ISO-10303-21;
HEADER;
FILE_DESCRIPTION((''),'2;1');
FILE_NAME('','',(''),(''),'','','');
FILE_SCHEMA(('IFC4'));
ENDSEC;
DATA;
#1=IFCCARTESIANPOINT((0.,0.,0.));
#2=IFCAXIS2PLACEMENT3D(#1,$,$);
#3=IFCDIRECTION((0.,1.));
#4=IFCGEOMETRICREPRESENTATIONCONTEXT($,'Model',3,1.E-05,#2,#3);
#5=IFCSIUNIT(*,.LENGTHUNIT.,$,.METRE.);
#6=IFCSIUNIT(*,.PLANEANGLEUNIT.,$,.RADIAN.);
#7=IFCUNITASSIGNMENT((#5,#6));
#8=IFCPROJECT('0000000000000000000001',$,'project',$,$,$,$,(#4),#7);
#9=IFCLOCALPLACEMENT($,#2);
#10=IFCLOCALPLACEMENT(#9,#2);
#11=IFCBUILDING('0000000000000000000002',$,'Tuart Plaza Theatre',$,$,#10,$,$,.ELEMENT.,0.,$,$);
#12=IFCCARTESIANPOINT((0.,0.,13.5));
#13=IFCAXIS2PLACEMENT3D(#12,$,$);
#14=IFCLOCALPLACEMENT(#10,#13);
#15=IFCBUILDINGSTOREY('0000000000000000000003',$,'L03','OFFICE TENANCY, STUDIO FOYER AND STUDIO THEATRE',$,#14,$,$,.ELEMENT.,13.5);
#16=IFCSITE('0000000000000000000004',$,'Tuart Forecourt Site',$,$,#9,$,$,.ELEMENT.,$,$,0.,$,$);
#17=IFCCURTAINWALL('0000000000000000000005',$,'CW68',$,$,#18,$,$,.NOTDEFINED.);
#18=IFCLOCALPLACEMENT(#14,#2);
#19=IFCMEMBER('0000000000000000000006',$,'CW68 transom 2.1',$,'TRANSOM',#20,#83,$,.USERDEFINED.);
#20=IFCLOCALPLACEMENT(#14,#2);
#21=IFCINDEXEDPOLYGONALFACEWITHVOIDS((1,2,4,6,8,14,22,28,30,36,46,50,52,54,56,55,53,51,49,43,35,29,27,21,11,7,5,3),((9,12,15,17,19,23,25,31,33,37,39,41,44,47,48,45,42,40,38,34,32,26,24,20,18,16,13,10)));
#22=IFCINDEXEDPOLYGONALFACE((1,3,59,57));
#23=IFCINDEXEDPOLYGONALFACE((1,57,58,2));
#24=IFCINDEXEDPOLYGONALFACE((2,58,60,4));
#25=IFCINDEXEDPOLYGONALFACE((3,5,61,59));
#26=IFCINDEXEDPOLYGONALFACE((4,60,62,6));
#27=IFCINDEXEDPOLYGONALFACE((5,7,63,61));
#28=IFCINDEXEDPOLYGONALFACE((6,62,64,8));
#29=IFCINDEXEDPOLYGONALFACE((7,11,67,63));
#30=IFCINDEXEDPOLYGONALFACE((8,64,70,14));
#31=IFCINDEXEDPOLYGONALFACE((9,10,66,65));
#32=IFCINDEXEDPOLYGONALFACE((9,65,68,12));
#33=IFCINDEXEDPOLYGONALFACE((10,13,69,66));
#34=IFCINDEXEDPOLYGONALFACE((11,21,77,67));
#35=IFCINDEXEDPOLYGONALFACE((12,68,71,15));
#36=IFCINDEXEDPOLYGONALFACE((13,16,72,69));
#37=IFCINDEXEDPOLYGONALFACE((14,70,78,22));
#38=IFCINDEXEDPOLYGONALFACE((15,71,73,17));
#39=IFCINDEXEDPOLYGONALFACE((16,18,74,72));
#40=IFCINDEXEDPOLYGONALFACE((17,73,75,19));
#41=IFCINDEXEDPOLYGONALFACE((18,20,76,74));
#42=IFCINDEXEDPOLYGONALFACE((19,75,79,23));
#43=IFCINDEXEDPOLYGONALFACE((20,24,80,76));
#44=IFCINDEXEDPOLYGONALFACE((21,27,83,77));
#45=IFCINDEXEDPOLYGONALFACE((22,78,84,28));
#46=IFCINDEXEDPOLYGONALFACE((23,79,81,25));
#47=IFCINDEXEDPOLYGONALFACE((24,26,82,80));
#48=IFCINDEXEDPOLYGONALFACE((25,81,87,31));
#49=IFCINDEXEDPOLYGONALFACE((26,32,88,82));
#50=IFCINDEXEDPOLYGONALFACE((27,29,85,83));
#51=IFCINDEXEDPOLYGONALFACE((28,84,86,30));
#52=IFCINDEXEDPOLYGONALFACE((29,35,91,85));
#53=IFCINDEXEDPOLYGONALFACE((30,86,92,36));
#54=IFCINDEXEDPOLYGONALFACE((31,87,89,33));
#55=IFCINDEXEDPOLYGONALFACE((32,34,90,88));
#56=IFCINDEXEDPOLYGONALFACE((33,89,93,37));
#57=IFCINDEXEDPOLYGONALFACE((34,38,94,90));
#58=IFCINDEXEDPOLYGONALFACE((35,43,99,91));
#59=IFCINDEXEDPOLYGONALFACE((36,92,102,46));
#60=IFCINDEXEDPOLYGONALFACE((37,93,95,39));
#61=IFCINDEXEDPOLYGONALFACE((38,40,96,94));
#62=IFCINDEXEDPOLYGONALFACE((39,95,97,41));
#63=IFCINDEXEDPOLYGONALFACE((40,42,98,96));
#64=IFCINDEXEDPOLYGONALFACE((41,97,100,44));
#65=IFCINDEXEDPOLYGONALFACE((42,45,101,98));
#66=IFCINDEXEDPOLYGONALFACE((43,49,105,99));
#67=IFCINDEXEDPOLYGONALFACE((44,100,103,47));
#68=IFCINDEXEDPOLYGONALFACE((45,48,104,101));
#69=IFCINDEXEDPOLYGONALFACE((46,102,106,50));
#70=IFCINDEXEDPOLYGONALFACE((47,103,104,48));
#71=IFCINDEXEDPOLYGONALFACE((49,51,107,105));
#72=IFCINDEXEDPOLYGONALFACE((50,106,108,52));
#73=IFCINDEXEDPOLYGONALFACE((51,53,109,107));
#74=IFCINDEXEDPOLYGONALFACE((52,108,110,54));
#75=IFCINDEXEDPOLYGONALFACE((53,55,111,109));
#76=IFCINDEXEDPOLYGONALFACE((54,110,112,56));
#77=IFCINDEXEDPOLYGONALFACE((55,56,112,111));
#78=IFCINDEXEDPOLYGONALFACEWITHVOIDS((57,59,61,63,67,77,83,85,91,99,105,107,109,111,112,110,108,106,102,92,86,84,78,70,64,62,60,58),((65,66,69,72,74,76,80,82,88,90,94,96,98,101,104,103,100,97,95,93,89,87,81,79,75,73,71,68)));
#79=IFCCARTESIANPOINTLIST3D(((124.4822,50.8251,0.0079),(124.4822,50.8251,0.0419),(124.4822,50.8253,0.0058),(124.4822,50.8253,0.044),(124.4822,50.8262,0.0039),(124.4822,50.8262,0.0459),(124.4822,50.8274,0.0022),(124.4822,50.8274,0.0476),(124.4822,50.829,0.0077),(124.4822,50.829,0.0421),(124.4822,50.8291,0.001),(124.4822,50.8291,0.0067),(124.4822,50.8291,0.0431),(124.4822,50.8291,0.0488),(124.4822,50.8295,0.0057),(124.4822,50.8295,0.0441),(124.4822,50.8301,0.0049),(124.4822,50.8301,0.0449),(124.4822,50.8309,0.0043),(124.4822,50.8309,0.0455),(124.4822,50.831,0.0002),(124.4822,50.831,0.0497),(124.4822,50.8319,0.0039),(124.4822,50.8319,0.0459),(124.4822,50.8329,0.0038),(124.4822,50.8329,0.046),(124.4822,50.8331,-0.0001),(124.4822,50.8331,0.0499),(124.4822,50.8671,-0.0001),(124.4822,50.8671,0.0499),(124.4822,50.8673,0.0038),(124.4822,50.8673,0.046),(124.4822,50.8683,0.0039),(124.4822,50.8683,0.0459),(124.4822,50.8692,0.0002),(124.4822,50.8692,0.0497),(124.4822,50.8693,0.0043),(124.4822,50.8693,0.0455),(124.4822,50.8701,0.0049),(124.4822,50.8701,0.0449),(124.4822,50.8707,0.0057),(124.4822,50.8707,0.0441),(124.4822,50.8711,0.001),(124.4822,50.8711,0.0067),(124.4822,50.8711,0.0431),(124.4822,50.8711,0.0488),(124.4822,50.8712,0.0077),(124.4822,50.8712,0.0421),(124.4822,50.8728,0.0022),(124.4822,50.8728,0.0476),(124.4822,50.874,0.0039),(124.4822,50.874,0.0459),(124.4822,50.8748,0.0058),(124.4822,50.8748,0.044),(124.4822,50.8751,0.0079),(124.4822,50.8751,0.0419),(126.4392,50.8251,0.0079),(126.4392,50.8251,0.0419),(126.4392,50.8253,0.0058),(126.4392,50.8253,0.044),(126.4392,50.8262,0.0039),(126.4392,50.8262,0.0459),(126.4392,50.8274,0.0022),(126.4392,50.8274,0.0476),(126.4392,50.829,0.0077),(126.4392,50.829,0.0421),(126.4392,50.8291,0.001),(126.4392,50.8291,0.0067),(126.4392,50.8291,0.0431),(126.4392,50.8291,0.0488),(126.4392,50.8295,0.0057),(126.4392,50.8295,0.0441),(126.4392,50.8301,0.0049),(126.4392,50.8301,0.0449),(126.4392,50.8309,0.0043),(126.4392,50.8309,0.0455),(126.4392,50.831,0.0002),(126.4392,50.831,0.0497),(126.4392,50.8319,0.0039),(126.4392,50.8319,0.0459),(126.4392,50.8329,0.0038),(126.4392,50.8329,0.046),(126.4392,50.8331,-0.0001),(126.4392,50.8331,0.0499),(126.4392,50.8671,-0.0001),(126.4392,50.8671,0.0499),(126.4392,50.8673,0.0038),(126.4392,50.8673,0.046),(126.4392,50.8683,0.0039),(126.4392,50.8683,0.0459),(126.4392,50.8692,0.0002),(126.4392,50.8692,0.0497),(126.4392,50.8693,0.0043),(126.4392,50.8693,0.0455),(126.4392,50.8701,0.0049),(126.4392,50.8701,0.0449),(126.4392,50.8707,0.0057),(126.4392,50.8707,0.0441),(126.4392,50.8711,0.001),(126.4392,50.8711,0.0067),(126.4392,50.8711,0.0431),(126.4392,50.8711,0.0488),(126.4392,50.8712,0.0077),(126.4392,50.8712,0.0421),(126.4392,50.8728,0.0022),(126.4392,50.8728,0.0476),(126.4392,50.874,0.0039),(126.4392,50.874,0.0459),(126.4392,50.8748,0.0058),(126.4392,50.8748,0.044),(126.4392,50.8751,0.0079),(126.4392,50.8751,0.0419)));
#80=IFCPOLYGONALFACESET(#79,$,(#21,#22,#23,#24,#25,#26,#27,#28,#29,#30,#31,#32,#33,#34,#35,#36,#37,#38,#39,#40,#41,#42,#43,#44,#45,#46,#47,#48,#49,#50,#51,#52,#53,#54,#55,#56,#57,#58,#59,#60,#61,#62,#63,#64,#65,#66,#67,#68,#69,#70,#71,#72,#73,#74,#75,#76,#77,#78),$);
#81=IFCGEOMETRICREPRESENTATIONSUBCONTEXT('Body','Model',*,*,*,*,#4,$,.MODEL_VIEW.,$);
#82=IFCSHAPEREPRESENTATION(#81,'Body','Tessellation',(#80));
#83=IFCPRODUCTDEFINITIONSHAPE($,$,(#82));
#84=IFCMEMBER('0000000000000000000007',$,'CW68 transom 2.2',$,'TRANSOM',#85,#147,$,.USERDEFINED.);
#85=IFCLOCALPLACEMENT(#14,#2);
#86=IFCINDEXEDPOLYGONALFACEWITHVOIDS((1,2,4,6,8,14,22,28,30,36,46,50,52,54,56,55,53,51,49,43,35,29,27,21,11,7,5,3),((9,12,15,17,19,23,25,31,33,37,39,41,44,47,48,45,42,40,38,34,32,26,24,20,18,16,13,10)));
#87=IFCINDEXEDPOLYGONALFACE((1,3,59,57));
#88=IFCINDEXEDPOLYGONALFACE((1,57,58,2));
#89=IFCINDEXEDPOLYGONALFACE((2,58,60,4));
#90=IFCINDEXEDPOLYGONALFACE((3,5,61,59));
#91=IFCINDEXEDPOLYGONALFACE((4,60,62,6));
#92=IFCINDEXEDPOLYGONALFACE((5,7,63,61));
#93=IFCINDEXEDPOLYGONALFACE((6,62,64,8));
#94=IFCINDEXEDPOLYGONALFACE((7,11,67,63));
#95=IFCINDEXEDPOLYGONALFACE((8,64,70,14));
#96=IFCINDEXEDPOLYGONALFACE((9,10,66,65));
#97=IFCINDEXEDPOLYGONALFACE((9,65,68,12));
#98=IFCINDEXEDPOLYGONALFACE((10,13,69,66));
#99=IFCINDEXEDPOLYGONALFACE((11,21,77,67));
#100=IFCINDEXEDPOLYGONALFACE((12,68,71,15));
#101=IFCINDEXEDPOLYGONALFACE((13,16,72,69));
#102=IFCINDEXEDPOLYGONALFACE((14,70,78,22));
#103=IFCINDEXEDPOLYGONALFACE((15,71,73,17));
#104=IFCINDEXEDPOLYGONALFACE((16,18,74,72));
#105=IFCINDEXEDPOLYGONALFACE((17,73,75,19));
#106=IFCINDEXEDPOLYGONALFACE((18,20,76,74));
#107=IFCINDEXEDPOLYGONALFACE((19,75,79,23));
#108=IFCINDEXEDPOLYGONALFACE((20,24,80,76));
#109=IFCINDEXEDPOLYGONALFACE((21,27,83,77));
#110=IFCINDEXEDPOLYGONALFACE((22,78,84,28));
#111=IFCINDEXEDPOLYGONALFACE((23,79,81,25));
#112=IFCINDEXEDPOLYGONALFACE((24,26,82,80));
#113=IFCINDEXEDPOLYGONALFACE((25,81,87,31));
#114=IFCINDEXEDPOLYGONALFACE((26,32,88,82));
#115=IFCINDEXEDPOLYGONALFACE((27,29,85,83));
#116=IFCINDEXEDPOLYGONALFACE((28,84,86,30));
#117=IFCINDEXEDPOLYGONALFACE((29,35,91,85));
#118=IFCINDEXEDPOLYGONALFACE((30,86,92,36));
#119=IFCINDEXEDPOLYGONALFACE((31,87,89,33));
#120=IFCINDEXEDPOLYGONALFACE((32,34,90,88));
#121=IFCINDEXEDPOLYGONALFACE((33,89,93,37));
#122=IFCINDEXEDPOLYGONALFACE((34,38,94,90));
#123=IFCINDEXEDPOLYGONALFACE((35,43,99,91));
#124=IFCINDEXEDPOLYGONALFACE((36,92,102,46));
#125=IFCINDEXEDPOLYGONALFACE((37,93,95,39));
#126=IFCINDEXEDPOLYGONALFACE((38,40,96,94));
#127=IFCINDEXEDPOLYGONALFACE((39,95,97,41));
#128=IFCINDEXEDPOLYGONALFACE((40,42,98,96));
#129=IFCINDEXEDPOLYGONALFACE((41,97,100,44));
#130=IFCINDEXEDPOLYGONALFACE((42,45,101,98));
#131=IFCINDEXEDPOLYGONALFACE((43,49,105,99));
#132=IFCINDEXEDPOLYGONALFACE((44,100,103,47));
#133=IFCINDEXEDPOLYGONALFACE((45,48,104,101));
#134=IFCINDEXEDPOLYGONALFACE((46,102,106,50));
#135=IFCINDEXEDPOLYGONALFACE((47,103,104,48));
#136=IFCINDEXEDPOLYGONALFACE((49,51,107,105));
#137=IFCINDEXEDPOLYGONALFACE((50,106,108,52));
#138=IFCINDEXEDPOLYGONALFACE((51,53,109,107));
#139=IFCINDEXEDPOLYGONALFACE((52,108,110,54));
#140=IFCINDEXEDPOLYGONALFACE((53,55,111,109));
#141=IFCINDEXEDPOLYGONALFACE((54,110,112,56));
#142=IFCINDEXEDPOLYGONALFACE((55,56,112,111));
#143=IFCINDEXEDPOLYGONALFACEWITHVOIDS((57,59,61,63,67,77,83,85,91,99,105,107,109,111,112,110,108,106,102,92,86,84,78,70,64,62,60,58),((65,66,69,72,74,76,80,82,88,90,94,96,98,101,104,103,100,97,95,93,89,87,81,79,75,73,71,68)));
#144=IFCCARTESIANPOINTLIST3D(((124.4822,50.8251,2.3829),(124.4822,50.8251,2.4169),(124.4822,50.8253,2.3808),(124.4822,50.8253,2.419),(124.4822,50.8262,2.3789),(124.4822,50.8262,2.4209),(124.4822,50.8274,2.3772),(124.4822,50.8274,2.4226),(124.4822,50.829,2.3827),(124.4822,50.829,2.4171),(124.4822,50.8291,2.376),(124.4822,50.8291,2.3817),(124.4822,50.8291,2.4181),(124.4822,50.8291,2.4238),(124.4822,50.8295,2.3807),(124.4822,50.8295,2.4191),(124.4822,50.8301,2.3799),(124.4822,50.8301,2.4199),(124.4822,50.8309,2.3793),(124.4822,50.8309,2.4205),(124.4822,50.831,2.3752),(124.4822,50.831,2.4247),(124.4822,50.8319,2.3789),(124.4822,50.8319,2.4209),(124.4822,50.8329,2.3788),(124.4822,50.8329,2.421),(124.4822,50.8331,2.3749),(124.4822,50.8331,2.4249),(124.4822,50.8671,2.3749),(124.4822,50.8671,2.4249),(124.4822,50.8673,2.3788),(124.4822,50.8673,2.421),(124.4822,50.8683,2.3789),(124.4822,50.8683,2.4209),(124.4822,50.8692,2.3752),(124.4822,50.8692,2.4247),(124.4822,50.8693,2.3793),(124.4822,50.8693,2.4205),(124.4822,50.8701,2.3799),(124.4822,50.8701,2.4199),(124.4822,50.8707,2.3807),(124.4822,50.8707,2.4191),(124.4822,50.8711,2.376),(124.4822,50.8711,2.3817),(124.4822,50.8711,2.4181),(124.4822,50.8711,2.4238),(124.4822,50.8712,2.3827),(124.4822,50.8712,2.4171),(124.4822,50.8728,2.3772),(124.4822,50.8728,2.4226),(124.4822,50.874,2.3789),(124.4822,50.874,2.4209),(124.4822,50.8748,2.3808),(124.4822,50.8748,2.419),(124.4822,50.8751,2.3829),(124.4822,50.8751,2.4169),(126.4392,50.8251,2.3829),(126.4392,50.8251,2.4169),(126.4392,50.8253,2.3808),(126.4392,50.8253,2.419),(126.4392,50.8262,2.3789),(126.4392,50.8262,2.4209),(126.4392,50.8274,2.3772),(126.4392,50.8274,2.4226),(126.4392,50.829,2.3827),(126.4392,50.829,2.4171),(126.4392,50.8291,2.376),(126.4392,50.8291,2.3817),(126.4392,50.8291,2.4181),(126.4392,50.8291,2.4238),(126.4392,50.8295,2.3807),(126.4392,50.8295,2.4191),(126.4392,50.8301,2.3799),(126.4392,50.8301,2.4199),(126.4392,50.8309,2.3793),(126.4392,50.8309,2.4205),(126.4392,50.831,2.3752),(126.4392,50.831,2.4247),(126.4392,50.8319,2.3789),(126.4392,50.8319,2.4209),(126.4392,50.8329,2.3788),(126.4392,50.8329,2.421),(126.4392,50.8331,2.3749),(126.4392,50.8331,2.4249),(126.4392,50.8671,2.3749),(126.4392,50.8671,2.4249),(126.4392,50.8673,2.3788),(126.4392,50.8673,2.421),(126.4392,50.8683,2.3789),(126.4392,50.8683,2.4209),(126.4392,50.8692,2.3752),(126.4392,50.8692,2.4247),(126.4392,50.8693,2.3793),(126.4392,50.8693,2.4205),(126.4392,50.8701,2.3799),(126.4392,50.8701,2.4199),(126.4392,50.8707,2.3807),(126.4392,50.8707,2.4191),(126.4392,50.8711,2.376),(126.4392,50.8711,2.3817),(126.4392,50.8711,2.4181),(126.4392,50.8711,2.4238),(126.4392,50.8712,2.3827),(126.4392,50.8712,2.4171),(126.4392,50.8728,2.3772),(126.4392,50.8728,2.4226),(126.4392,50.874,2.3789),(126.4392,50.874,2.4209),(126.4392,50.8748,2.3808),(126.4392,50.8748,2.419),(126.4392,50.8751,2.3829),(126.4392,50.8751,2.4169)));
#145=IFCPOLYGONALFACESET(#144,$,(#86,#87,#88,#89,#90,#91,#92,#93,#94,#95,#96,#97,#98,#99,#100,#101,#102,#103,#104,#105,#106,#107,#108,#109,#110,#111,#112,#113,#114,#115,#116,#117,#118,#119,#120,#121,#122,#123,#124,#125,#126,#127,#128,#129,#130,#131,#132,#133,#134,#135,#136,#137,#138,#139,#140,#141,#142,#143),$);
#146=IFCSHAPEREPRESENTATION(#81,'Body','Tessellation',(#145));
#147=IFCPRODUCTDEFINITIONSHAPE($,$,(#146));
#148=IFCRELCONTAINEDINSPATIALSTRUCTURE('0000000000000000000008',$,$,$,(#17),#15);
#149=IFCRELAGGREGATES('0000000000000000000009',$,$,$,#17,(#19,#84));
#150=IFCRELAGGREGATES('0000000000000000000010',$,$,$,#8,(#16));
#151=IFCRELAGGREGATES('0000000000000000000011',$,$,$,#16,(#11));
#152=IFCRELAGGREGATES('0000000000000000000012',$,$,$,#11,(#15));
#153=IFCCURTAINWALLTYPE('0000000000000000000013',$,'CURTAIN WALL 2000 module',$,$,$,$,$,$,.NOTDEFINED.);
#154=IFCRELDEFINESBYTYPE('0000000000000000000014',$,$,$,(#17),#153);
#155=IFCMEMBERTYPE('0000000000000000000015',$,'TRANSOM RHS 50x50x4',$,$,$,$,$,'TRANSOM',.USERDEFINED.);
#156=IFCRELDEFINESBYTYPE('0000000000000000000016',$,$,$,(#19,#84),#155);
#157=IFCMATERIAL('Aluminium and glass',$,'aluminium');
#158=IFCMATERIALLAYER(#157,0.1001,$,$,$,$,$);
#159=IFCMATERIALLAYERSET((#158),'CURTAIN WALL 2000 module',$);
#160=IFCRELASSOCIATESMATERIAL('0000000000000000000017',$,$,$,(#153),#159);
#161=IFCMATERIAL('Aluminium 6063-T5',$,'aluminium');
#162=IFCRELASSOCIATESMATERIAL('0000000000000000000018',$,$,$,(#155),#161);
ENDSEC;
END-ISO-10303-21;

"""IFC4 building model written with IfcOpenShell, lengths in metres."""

from ifc_helpers import new_model, si_unit, direction, frame, origin, origin_2d, place, context, subcontext, project, spatial, hollow_rectangle, extrude, material, layer, layer_set, material_profile, profile_set, type_object, element, aggregate, save


model = new_model("IFC4")

# Units and contexts
model_context = context("Model", 3, precision=1e-05, world=origin(), true_north=direction((0.0, 1.0)))
body_context = subcontext(model_context, "Body", "Model", "MODEL_VIEW")
ifc_project = project(units=[si_unit("LENGTHUNIT", "METRE"), si_unit("PLANEANGLEUNIT", "RADIAN")], contexts=[model_context])

# Site, building, storey
site_placement = place(None, origin())
site = spatial("IfcSite", under=ifc_project, at=site_placement, Name="Tuart Forecourt Site", CompositionType="ELEMENT", RefElevation=0.0)
building_placement = place(site_placement, origin())
building = spatial("IfcBuilding", under=site, at=building_placement, Name="Tuart Plaza Theatre", CompositionType="ELEMENT", ElevationOfRefHeight=0.0)
storey_placement = place(building_placement, frame((0.0, 0.0, 13.5)))
storey = spatial("IfcBuildingStorey", under=building, at=storey_placement, Name="L03", Description="OFFICE TENANCY, STUDIO FOYER AND STUDIO THEATRE", CompositionType="ELEMENT", Elevation=13.5)

# Curtain wall, members
ifc_material_1 = material(Name="Aluminium and glass", Category="aluminium")
ifc_layer_1 = layer(ifc_material_1, 0.1001)
ifc_layer_set_1 = layer_set([ifc_layer_1], Name="CURTAIN WALL 2000 module")
curtain_wall_type = type_object("IfcCurtainWallType", Name="CURTAIN WALL 2000 module", PredefinedType="NOTDEFINED", material=ifc_layer_set_1)
curtain_wall_placement = place(storey_placement, origin())
curtain_wall = element("IfcCurtainWall", 1, at=curtain_wall_placement, inside=storey, type_object=curtain_wall_type, Name="CW68", PredefinedType="NOTDEFINED")
ifc_material_2 = material(Name="Aluminium 6063-T5", Category="aluminium")
ifc_material_profile_1 = material_profile(ifc_material_2, hollow_rectangle(XDim=0.05, YDim=0.05, WallThickness=0.0039, InnerFilletRadius=0.0039, OuterFilletRadius=0.0081, at=origin_2d()), Name="RHS 50x50x4")
ifc_profile_set_1 = profile_set([ifc_material_profile_1], Name="Aluminium 6063-T5")
member_type_1 = type_object("IfcMemberType", Name="TRANSOM RHS 50x50x4", ElementType="TRANSOM", PredefinedType="USERDEFINED", material=ifc_profile_set_1)
member_1_placement = place(storey_placement, frame((124.4822, 50.8501, 0.0249), z_axis=(1.0, 0.0, 0.0), x_axis=(0.0, 1.0, 0.0)))
member_1 = element("IfcMember", 2, at=member_1_placement, type_object=member_type_1, Name="CW68 transom 2.1", ObjectType="TRANSOM", PredefinedType="USERDEFINED", context=body_context, shape_type="SweptSolid", body=[
    extrude(hollow_rectangle(XDim=0.05, YDim=0.05, WallThickness=0.0039, InnerFilletRadius=0.0039, OuterFilletRadius=0.0081, at=origin_2d()), origin(), (0.0, 0.0, 1.0), 1.957),
])
member_2_placement = place(storey_placement, frame((124.4822, 50.8501, 2.3999), z_axis=(1.0, 0.0, 0.0), x_axis=(0.0, 1.0, 0.0)))
member_2 = element("IfcMember", 3, at=member_2_placement, type_object=member_type_1, Name="CW68 transom 2.2", ObjectType="TRANSOM", PredefinedType="USERDEFINED", context=body_context, shape_type="SweptSolid", body=[
    extrude(hollow_rectangle(XDim=0.05, YDim=0.05, WallThickness=0.0039, InnerFilletRadius=0.0039, OuterFilletRadius=0.0081, at=origin_2d()), origin(), (0.0, 0.0, 1.0), 1.957),
])
aggregate(curtain_wall, [member_1, member_2])

save(model, "model.ifc")
